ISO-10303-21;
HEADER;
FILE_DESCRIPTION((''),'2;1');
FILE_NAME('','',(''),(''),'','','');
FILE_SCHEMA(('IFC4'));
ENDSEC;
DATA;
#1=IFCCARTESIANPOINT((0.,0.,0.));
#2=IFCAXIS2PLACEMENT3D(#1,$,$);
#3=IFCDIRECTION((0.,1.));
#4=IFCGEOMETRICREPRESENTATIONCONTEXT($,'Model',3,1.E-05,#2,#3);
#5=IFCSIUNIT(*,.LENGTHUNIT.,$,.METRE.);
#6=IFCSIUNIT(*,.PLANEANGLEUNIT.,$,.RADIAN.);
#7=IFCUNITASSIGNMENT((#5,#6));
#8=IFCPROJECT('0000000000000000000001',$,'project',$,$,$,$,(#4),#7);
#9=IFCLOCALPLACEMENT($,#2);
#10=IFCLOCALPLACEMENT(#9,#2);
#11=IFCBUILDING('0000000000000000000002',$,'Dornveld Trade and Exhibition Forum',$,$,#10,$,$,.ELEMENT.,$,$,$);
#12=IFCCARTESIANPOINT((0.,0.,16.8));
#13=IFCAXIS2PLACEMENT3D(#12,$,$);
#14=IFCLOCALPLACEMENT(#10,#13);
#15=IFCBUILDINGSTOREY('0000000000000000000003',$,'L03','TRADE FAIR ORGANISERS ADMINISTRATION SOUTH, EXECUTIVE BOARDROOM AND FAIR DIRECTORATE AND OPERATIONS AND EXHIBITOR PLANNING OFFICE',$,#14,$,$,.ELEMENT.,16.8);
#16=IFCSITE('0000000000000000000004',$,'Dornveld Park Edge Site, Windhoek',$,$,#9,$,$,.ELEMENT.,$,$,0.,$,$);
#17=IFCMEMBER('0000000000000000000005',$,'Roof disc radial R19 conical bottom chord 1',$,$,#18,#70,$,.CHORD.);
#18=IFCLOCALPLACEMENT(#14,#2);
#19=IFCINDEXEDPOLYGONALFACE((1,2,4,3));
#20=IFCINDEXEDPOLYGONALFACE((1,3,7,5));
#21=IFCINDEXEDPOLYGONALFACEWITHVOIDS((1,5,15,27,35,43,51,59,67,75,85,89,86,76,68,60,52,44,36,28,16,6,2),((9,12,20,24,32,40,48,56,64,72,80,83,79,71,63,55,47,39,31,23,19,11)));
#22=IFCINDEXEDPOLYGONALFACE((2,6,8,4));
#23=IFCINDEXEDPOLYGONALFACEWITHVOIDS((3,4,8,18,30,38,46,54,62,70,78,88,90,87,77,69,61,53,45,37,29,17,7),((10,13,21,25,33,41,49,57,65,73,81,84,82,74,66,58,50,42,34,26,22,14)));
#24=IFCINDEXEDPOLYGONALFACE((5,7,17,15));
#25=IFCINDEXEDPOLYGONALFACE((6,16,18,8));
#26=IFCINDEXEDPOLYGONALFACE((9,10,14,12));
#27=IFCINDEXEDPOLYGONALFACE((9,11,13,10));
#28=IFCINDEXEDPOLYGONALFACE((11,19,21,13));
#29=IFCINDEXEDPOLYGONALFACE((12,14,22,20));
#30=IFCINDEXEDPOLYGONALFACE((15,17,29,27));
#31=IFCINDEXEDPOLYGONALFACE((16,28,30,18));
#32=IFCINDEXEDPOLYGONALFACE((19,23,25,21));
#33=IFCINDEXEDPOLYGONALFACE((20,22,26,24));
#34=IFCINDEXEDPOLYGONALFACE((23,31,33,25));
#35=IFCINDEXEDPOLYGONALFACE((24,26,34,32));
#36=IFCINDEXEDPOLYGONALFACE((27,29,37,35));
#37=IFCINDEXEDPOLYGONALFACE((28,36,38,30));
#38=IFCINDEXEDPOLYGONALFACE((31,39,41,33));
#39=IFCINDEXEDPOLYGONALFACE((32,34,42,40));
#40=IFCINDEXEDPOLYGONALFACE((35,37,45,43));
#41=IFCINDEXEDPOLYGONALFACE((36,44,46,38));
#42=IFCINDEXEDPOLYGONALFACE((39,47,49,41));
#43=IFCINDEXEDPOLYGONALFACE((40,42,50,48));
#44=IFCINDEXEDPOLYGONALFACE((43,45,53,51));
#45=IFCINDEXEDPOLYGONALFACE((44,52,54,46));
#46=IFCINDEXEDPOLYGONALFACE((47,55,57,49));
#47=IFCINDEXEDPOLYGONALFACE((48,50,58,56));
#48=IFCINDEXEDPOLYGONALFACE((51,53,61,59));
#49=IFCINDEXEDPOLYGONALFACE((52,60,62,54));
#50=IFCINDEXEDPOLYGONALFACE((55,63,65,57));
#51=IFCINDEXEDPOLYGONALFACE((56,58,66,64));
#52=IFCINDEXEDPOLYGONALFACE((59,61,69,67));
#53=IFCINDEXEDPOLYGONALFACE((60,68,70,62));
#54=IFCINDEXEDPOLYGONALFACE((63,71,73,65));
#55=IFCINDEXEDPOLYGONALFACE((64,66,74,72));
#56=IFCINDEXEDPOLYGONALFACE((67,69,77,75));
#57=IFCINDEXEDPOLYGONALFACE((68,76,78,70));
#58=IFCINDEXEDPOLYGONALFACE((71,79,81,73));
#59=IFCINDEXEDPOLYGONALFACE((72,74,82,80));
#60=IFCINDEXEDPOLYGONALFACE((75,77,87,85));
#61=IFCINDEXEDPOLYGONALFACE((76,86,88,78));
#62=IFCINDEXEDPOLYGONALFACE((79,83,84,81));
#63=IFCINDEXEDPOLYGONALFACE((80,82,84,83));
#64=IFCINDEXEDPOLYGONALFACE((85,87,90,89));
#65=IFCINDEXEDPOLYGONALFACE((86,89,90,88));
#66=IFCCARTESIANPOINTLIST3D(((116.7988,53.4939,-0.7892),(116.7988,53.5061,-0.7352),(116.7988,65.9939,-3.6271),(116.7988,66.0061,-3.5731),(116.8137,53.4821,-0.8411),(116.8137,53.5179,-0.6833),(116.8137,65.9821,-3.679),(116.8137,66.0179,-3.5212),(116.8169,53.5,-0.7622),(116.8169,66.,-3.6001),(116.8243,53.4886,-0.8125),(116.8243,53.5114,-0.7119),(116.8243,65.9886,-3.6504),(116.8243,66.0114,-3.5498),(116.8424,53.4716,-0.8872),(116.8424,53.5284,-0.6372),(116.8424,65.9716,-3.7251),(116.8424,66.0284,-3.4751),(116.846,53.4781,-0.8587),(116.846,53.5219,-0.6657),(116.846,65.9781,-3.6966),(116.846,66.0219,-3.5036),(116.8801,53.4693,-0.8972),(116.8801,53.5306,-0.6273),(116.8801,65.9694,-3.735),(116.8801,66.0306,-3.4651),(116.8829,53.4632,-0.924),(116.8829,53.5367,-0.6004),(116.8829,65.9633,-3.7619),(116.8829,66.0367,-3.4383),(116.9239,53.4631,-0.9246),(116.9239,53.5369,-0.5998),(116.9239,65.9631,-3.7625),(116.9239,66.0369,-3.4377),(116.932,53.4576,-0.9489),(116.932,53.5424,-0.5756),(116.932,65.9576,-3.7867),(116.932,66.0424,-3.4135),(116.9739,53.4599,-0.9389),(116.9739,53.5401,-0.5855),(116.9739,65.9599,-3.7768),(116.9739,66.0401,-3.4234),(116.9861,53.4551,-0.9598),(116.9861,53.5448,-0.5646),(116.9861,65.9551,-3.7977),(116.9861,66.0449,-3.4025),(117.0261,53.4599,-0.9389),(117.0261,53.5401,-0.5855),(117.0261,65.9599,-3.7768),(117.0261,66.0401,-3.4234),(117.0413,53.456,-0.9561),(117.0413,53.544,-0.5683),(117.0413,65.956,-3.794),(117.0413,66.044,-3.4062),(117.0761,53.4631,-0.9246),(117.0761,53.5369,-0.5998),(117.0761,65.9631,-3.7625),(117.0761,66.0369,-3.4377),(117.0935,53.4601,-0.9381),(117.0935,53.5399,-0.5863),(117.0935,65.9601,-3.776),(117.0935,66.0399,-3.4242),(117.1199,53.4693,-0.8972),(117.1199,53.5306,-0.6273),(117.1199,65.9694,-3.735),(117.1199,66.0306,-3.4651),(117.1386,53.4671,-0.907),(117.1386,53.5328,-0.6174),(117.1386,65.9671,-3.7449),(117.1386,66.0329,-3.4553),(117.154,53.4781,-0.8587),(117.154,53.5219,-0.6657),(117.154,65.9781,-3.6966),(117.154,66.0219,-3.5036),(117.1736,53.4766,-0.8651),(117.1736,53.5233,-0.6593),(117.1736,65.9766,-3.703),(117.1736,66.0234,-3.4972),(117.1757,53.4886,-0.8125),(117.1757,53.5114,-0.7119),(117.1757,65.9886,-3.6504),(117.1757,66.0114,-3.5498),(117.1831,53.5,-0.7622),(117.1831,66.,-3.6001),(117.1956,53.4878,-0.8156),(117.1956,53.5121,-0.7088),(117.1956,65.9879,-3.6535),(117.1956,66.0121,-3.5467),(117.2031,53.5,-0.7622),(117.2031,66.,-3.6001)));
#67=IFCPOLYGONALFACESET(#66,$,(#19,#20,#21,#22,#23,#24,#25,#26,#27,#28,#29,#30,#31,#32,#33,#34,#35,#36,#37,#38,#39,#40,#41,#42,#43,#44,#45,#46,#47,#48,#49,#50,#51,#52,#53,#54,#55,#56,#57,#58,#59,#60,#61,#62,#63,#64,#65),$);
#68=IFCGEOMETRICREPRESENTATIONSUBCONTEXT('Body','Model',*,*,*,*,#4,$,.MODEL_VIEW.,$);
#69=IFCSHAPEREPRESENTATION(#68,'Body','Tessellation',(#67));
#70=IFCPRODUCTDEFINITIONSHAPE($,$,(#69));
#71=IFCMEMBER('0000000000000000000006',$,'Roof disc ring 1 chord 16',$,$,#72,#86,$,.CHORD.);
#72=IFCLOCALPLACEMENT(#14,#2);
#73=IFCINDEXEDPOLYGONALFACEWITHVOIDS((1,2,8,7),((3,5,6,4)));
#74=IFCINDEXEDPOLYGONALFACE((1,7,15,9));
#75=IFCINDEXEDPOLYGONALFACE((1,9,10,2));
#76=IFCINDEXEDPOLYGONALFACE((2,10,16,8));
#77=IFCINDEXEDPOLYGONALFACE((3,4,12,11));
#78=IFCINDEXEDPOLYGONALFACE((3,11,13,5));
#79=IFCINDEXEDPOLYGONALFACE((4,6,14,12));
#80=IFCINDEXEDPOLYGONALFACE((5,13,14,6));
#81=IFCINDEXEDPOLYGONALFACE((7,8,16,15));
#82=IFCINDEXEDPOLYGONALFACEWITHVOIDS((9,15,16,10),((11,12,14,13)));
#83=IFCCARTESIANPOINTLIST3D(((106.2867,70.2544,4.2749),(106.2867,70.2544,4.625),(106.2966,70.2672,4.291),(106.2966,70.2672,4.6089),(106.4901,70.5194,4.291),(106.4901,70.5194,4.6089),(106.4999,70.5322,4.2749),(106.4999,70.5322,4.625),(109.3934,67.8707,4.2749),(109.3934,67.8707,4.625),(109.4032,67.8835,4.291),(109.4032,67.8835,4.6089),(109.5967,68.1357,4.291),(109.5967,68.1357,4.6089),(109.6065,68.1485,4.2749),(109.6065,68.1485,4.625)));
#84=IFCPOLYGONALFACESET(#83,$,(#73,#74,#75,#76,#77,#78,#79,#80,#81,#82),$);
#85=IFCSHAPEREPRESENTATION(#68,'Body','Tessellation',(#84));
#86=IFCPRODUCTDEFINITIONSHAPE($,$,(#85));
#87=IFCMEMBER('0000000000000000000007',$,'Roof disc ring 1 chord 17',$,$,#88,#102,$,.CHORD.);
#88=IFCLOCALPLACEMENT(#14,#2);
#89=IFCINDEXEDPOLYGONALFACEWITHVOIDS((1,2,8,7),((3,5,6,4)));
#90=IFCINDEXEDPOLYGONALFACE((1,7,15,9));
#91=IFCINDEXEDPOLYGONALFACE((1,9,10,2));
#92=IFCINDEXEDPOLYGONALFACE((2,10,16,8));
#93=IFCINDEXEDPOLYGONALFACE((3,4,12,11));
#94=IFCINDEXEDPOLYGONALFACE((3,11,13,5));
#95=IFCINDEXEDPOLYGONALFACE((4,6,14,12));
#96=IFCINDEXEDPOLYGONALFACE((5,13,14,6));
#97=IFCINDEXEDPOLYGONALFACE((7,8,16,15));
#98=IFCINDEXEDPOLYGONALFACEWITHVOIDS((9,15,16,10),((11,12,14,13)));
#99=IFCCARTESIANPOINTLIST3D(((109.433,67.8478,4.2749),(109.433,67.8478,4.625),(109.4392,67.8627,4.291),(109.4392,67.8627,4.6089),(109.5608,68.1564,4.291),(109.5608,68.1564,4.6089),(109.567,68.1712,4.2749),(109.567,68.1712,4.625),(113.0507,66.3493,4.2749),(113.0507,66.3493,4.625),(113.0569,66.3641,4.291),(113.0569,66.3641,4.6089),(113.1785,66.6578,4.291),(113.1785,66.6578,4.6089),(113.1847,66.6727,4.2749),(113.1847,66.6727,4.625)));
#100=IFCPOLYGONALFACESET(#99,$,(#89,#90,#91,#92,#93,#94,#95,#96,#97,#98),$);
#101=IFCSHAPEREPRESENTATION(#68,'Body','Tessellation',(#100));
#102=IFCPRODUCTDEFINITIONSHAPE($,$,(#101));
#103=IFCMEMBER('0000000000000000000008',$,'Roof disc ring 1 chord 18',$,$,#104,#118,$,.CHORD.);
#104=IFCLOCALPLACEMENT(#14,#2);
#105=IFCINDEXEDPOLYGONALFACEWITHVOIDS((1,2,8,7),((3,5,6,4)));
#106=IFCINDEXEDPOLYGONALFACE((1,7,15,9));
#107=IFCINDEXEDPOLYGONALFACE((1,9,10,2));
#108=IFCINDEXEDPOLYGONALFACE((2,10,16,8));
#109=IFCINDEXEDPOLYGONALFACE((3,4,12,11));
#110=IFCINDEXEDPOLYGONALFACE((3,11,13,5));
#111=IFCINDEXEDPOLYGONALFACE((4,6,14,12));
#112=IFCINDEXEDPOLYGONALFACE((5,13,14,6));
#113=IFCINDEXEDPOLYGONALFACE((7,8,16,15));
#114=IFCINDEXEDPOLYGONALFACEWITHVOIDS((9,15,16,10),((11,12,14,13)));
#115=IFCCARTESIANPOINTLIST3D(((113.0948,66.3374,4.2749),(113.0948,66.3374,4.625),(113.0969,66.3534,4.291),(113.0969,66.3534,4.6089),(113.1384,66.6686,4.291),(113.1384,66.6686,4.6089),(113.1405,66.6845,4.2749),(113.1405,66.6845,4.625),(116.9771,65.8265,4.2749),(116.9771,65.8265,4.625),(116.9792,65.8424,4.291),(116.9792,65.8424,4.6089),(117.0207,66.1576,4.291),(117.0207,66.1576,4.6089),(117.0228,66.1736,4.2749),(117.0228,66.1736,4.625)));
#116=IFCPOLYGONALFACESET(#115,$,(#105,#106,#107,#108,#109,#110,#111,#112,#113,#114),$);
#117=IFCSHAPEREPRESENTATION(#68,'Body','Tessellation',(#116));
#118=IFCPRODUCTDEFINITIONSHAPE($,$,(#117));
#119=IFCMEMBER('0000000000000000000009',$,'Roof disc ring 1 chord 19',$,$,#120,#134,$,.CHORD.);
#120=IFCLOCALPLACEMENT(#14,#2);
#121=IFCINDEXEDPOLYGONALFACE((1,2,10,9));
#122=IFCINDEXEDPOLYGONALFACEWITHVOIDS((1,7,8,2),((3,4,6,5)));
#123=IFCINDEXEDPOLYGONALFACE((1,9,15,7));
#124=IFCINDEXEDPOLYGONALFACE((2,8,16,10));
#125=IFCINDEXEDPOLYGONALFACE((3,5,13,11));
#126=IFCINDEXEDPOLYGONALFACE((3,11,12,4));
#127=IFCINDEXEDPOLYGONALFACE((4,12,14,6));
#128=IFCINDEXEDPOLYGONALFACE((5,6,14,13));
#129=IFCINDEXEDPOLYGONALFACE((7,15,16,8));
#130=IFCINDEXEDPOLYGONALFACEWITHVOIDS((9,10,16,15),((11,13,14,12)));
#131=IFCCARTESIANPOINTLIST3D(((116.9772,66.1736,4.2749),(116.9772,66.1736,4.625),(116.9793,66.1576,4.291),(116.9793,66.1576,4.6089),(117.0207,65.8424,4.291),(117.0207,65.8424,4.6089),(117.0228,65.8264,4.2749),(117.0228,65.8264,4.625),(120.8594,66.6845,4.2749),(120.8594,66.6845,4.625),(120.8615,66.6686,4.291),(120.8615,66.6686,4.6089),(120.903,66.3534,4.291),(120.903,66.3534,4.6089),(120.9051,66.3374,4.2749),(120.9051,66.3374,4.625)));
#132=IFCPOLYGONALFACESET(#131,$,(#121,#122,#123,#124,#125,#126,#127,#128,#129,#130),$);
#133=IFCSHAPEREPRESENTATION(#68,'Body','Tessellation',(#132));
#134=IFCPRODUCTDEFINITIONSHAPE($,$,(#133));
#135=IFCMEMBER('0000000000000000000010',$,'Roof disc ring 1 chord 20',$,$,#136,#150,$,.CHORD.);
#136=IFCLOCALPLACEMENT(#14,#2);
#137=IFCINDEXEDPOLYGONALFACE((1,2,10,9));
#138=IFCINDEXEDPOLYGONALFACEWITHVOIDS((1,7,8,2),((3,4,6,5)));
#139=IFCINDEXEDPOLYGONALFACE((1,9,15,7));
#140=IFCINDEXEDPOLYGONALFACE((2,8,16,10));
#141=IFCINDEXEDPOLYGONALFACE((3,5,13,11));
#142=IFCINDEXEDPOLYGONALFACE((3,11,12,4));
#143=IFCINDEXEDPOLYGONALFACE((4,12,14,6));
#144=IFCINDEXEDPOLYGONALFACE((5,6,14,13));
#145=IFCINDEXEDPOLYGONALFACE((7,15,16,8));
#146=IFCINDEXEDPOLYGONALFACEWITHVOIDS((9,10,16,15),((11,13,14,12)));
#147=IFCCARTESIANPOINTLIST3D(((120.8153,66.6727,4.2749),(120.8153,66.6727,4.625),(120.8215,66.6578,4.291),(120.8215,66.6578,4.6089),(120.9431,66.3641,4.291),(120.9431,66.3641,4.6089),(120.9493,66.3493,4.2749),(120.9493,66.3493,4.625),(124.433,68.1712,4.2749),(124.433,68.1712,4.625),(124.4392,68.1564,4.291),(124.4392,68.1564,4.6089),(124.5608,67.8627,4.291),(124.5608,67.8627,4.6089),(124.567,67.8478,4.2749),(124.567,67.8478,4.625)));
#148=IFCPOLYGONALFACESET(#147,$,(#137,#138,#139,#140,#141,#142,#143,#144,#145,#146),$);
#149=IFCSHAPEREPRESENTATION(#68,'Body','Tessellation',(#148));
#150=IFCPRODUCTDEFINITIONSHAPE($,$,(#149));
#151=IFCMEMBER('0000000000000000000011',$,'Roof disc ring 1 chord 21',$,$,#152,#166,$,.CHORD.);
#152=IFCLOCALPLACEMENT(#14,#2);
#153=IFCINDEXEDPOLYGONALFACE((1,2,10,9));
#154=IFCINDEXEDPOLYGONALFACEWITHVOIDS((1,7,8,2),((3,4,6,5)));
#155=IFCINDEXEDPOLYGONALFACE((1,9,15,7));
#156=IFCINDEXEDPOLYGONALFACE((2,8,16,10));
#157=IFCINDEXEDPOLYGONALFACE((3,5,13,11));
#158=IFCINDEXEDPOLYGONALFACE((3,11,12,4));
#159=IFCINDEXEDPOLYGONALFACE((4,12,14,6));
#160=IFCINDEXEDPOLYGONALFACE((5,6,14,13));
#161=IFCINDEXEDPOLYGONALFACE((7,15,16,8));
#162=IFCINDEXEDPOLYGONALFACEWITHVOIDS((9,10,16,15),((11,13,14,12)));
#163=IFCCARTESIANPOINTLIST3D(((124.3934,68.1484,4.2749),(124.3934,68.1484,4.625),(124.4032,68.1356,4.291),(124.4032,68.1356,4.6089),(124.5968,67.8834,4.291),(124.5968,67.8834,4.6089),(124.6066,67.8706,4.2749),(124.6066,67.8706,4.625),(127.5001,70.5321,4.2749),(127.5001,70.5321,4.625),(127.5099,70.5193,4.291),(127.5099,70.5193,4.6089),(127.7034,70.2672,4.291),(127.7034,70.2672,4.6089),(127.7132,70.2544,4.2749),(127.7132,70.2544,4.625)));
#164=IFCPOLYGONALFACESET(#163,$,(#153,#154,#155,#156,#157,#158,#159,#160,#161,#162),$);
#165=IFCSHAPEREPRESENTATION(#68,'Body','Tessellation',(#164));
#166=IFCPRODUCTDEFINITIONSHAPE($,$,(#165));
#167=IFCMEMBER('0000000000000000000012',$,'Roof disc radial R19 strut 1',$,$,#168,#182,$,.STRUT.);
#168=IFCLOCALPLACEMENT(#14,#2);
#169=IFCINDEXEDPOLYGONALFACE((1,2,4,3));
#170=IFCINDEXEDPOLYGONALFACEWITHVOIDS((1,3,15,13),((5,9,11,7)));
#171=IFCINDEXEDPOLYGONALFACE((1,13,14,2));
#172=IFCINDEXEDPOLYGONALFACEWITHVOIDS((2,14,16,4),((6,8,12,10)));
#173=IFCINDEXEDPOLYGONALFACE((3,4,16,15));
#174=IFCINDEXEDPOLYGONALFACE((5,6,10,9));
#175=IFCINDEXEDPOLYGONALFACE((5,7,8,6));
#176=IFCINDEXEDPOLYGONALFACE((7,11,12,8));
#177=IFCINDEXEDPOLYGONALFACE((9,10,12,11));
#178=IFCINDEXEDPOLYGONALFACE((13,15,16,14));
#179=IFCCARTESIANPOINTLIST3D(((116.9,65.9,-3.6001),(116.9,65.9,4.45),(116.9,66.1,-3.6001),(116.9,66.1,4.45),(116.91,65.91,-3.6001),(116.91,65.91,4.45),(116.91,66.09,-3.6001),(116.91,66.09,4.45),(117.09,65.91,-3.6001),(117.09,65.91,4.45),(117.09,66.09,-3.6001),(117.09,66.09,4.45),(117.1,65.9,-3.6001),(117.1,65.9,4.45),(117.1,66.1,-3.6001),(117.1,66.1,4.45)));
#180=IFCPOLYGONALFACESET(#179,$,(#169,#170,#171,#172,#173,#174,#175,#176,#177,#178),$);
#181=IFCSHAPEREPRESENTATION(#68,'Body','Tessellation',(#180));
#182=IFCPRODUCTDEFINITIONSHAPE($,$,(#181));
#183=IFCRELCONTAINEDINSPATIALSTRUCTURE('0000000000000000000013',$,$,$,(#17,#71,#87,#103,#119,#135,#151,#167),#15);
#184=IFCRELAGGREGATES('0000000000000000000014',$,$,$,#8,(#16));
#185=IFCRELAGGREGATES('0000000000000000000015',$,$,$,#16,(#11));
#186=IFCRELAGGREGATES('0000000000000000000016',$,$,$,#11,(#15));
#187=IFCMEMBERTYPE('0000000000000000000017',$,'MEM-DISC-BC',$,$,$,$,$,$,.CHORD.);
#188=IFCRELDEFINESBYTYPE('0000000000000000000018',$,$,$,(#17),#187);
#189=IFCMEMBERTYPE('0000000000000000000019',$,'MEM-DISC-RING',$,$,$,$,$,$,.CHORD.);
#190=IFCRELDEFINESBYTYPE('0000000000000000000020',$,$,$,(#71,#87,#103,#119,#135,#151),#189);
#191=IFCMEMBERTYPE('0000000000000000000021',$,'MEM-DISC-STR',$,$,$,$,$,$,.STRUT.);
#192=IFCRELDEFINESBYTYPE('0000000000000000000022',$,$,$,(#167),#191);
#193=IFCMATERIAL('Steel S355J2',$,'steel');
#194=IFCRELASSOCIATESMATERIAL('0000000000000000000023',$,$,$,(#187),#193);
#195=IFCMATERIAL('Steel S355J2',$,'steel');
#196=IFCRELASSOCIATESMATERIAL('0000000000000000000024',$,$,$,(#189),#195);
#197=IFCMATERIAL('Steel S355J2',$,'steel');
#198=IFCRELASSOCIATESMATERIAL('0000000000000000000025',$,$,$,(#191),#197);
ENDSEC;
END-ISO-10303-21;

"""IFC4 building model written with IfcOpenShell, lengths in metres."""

from ifc_helpers import new_model, si_unit, direction, frame, origin, origin_2d, place, context, subcontext, project, spatial, hollow_rectangle, hollow_circle, extrude, material, material_profile, profile_set, type_object, element, save


model = new_model("IFC4")

# Units and contexts
model_context = context("Model", 3, precision=1e-05, world=origin(), true_north=direction((0.0, 1.0)))
body_context = subcontext(model_context, "Body", "Model", "MODEL_VIEW")
ifc_project = project(units=[si_unit("LENGTHUNIT", "METRE"), si_unit("PLANEANGLEUNIT", "RADIAN")], contexts=[model_context])

# Site, building, storey
site_placement = place(None, origin())
site = spatial("IfcSite", under=ifc_project, at=site_placement, Name="Dornveld Park Edge Site, Windhoek", CompositionType="ELEMENT", RefElevation=0.0)
building_placement = place(site_placement, origin())
building = spatial("IfcBuilding", under=site, at=building_placement, Name="Dornveld Trade and Exhibition Forum", CompositionType="ELEMENT")
storey_placement = place(building_placement, frame((0.0, 0.0, 16.8)))
storey = spatial("IfcBuildingStorey", under=building, at=storey_placement, Name="L03", Description="TRADE FAIR ORGANISERS ADMINISTRATION SOUTH, EXECUTIVE BOARDROOM AND FAIR DIRECTORATE AND OPERATIONS AND EXHIBITOR PLANNING OFFICE", CompositionType="ELEMENT", Elevation=16.8)

# Members
ifc_material_1 = material(Name="Steel S355J2", Category="steel")
ifc_material_profile_1 = material_profile(ifc_material_1, hollow_circle(Radius=0.2031, WallThickness=0.02, at=origin_2d()), Name="CHS 406.4x20")
ifc_profile_set_1 = profile_set([ifc_material_profile_1], Name="Steel S355J2")
member_type_1 = type_object("IfcMemberType", Name="MEM-DISC-BC", PredefinedType="CHORD", material=ifc_profile_set_1)
member_1_placement = place(storey_placement, frame((117.0, 66.0, -3.6001), z_axis=(0.0, -0.975184, 0.221397), x_axis=(1.0, 0.0, 0.0)))
element("IfcMember", 1, at=member_1_placement, inside=storey, type_object=member_type_1, Name="Roof disc radial R19 conical bottom chord 1", PredefinedType="CHORD", context=body_context, shape_type="SweptSolid", body=[
    extrude(hollow_circle(Radius=0.2031, WallThickness=0.02, at=origin_2d()), origin(), (0.0, 0.0, 1.0), 12.8181),
])
ifc_material_2 = material(Name="Steel S355J2", Category="steel")
ifc_material_profile_2 = material_profile(ifc_material_2, hollow_rectangle(XDim=0.3501, YDim=0.3501, WallThickness=0.0161, at=origin_2d()), Name="SHS 350x350x16")
ifc_profile_set_2 = profile_set([ifc_material_profile_2], Name="Steel S355J2")
member_type_2 = type_object("IfcMemberType", Name="MEM-DISC-RING", PredefinedType="CHORD", material=ifc_profile_set_2)
for number, where, z_axis, x_axis, name in (
    (2, (106.3933, 70.3933, 4.45), (0.79336, -0.608752, 0.0), (0.608752, 0.79336, 0.0), "Roof disc ring 1 chord 16"),
    (3, (109.5, 68.0095, 4.45), (0.923875, -0.382693, 0.0), (0.382693, 0.923875, 0.0), "Roof disc ring 1 chord 17"),
    (4, (113.1177, 66.511, 4.45), (0.991449, -0.130493, 0.0), (0.130493, 0.991449, 0.0), "Roof disc ring 1 chord 18"),
    (5, (117.0, 66.0, 4.45), (0.991449, 0.130493, 0.0), (-0.130493, 0.991449, 0.0), "Roof disc ring 1 chord 19"),
    (6, (120.8823, 66.511, 4.45), (0.923875, 0.382693, 0.0), (-0.382693, 0.923875, 0.0), "Roof disc ring 1 chord 20"),
    (7, (124.5, 68.0095, 4.45), (0.79336, 0.608752, 0.0), (-0.608752, 0.79336, 0.0), "Roof disc ring 1 chord 21"),
):
    element("IfcMember", number, at=place(storey_placement, frame(where, z_axis=z_axis, x_axis=x_axis)), inside=storey, type_object=member_type_2, Name=name, PredefinedType="CHORD", context=body_context, shape_type="SweptSolid", body=[
        extrude(hollow_rectangle(XDim=0.3501, YDim=0.3501, WallThickness=0.0161, at=origin_2d()), origin(), (0.0, 0.0, 1.0), 3.9158),
    ])
ifc_material_3 = material(Name="Steel S355J2", Category="steel")
ifc_material_profile_3 = material_profile(ifc_material_3, hollow_rectangle(XDim=0.2, YDim=0.2, WallThickness=0.01, at=origin_2d()), Name="SHS 200x200x10")
ifc_profile_set_3 = profile_set([ifc_material_profile_3], Name="Steel S355J2")
member_type_3 = type_object("IfcMemberType", Name="MEM-DISC-STR", PredefinedType="STRUT", material=ifc_profile_set_3)
member_2_placement = place(storey_placement, frame((117.0, 66.0, -3.6001), z_axis=(0.0, 0.0, 1.0), x_axis=(1.0, 0.0, 0.0)))
element("IfcMember", 8, at=member_2_placement, inside=storey, type_object=member_type_3, Name="Roof disc radial R19 strut 1", PredefinedType="STRUT", context=body_context, shape_type="SweptSolid", body=[
    extrude(hollow_rectangle(XDim=0.2, YDim=0.2, WallThickness=0.01, at=origin_2d()), origin(), (0.0, 0.0, 1.0), 8.05),
])

save(model, "model.ifc")
